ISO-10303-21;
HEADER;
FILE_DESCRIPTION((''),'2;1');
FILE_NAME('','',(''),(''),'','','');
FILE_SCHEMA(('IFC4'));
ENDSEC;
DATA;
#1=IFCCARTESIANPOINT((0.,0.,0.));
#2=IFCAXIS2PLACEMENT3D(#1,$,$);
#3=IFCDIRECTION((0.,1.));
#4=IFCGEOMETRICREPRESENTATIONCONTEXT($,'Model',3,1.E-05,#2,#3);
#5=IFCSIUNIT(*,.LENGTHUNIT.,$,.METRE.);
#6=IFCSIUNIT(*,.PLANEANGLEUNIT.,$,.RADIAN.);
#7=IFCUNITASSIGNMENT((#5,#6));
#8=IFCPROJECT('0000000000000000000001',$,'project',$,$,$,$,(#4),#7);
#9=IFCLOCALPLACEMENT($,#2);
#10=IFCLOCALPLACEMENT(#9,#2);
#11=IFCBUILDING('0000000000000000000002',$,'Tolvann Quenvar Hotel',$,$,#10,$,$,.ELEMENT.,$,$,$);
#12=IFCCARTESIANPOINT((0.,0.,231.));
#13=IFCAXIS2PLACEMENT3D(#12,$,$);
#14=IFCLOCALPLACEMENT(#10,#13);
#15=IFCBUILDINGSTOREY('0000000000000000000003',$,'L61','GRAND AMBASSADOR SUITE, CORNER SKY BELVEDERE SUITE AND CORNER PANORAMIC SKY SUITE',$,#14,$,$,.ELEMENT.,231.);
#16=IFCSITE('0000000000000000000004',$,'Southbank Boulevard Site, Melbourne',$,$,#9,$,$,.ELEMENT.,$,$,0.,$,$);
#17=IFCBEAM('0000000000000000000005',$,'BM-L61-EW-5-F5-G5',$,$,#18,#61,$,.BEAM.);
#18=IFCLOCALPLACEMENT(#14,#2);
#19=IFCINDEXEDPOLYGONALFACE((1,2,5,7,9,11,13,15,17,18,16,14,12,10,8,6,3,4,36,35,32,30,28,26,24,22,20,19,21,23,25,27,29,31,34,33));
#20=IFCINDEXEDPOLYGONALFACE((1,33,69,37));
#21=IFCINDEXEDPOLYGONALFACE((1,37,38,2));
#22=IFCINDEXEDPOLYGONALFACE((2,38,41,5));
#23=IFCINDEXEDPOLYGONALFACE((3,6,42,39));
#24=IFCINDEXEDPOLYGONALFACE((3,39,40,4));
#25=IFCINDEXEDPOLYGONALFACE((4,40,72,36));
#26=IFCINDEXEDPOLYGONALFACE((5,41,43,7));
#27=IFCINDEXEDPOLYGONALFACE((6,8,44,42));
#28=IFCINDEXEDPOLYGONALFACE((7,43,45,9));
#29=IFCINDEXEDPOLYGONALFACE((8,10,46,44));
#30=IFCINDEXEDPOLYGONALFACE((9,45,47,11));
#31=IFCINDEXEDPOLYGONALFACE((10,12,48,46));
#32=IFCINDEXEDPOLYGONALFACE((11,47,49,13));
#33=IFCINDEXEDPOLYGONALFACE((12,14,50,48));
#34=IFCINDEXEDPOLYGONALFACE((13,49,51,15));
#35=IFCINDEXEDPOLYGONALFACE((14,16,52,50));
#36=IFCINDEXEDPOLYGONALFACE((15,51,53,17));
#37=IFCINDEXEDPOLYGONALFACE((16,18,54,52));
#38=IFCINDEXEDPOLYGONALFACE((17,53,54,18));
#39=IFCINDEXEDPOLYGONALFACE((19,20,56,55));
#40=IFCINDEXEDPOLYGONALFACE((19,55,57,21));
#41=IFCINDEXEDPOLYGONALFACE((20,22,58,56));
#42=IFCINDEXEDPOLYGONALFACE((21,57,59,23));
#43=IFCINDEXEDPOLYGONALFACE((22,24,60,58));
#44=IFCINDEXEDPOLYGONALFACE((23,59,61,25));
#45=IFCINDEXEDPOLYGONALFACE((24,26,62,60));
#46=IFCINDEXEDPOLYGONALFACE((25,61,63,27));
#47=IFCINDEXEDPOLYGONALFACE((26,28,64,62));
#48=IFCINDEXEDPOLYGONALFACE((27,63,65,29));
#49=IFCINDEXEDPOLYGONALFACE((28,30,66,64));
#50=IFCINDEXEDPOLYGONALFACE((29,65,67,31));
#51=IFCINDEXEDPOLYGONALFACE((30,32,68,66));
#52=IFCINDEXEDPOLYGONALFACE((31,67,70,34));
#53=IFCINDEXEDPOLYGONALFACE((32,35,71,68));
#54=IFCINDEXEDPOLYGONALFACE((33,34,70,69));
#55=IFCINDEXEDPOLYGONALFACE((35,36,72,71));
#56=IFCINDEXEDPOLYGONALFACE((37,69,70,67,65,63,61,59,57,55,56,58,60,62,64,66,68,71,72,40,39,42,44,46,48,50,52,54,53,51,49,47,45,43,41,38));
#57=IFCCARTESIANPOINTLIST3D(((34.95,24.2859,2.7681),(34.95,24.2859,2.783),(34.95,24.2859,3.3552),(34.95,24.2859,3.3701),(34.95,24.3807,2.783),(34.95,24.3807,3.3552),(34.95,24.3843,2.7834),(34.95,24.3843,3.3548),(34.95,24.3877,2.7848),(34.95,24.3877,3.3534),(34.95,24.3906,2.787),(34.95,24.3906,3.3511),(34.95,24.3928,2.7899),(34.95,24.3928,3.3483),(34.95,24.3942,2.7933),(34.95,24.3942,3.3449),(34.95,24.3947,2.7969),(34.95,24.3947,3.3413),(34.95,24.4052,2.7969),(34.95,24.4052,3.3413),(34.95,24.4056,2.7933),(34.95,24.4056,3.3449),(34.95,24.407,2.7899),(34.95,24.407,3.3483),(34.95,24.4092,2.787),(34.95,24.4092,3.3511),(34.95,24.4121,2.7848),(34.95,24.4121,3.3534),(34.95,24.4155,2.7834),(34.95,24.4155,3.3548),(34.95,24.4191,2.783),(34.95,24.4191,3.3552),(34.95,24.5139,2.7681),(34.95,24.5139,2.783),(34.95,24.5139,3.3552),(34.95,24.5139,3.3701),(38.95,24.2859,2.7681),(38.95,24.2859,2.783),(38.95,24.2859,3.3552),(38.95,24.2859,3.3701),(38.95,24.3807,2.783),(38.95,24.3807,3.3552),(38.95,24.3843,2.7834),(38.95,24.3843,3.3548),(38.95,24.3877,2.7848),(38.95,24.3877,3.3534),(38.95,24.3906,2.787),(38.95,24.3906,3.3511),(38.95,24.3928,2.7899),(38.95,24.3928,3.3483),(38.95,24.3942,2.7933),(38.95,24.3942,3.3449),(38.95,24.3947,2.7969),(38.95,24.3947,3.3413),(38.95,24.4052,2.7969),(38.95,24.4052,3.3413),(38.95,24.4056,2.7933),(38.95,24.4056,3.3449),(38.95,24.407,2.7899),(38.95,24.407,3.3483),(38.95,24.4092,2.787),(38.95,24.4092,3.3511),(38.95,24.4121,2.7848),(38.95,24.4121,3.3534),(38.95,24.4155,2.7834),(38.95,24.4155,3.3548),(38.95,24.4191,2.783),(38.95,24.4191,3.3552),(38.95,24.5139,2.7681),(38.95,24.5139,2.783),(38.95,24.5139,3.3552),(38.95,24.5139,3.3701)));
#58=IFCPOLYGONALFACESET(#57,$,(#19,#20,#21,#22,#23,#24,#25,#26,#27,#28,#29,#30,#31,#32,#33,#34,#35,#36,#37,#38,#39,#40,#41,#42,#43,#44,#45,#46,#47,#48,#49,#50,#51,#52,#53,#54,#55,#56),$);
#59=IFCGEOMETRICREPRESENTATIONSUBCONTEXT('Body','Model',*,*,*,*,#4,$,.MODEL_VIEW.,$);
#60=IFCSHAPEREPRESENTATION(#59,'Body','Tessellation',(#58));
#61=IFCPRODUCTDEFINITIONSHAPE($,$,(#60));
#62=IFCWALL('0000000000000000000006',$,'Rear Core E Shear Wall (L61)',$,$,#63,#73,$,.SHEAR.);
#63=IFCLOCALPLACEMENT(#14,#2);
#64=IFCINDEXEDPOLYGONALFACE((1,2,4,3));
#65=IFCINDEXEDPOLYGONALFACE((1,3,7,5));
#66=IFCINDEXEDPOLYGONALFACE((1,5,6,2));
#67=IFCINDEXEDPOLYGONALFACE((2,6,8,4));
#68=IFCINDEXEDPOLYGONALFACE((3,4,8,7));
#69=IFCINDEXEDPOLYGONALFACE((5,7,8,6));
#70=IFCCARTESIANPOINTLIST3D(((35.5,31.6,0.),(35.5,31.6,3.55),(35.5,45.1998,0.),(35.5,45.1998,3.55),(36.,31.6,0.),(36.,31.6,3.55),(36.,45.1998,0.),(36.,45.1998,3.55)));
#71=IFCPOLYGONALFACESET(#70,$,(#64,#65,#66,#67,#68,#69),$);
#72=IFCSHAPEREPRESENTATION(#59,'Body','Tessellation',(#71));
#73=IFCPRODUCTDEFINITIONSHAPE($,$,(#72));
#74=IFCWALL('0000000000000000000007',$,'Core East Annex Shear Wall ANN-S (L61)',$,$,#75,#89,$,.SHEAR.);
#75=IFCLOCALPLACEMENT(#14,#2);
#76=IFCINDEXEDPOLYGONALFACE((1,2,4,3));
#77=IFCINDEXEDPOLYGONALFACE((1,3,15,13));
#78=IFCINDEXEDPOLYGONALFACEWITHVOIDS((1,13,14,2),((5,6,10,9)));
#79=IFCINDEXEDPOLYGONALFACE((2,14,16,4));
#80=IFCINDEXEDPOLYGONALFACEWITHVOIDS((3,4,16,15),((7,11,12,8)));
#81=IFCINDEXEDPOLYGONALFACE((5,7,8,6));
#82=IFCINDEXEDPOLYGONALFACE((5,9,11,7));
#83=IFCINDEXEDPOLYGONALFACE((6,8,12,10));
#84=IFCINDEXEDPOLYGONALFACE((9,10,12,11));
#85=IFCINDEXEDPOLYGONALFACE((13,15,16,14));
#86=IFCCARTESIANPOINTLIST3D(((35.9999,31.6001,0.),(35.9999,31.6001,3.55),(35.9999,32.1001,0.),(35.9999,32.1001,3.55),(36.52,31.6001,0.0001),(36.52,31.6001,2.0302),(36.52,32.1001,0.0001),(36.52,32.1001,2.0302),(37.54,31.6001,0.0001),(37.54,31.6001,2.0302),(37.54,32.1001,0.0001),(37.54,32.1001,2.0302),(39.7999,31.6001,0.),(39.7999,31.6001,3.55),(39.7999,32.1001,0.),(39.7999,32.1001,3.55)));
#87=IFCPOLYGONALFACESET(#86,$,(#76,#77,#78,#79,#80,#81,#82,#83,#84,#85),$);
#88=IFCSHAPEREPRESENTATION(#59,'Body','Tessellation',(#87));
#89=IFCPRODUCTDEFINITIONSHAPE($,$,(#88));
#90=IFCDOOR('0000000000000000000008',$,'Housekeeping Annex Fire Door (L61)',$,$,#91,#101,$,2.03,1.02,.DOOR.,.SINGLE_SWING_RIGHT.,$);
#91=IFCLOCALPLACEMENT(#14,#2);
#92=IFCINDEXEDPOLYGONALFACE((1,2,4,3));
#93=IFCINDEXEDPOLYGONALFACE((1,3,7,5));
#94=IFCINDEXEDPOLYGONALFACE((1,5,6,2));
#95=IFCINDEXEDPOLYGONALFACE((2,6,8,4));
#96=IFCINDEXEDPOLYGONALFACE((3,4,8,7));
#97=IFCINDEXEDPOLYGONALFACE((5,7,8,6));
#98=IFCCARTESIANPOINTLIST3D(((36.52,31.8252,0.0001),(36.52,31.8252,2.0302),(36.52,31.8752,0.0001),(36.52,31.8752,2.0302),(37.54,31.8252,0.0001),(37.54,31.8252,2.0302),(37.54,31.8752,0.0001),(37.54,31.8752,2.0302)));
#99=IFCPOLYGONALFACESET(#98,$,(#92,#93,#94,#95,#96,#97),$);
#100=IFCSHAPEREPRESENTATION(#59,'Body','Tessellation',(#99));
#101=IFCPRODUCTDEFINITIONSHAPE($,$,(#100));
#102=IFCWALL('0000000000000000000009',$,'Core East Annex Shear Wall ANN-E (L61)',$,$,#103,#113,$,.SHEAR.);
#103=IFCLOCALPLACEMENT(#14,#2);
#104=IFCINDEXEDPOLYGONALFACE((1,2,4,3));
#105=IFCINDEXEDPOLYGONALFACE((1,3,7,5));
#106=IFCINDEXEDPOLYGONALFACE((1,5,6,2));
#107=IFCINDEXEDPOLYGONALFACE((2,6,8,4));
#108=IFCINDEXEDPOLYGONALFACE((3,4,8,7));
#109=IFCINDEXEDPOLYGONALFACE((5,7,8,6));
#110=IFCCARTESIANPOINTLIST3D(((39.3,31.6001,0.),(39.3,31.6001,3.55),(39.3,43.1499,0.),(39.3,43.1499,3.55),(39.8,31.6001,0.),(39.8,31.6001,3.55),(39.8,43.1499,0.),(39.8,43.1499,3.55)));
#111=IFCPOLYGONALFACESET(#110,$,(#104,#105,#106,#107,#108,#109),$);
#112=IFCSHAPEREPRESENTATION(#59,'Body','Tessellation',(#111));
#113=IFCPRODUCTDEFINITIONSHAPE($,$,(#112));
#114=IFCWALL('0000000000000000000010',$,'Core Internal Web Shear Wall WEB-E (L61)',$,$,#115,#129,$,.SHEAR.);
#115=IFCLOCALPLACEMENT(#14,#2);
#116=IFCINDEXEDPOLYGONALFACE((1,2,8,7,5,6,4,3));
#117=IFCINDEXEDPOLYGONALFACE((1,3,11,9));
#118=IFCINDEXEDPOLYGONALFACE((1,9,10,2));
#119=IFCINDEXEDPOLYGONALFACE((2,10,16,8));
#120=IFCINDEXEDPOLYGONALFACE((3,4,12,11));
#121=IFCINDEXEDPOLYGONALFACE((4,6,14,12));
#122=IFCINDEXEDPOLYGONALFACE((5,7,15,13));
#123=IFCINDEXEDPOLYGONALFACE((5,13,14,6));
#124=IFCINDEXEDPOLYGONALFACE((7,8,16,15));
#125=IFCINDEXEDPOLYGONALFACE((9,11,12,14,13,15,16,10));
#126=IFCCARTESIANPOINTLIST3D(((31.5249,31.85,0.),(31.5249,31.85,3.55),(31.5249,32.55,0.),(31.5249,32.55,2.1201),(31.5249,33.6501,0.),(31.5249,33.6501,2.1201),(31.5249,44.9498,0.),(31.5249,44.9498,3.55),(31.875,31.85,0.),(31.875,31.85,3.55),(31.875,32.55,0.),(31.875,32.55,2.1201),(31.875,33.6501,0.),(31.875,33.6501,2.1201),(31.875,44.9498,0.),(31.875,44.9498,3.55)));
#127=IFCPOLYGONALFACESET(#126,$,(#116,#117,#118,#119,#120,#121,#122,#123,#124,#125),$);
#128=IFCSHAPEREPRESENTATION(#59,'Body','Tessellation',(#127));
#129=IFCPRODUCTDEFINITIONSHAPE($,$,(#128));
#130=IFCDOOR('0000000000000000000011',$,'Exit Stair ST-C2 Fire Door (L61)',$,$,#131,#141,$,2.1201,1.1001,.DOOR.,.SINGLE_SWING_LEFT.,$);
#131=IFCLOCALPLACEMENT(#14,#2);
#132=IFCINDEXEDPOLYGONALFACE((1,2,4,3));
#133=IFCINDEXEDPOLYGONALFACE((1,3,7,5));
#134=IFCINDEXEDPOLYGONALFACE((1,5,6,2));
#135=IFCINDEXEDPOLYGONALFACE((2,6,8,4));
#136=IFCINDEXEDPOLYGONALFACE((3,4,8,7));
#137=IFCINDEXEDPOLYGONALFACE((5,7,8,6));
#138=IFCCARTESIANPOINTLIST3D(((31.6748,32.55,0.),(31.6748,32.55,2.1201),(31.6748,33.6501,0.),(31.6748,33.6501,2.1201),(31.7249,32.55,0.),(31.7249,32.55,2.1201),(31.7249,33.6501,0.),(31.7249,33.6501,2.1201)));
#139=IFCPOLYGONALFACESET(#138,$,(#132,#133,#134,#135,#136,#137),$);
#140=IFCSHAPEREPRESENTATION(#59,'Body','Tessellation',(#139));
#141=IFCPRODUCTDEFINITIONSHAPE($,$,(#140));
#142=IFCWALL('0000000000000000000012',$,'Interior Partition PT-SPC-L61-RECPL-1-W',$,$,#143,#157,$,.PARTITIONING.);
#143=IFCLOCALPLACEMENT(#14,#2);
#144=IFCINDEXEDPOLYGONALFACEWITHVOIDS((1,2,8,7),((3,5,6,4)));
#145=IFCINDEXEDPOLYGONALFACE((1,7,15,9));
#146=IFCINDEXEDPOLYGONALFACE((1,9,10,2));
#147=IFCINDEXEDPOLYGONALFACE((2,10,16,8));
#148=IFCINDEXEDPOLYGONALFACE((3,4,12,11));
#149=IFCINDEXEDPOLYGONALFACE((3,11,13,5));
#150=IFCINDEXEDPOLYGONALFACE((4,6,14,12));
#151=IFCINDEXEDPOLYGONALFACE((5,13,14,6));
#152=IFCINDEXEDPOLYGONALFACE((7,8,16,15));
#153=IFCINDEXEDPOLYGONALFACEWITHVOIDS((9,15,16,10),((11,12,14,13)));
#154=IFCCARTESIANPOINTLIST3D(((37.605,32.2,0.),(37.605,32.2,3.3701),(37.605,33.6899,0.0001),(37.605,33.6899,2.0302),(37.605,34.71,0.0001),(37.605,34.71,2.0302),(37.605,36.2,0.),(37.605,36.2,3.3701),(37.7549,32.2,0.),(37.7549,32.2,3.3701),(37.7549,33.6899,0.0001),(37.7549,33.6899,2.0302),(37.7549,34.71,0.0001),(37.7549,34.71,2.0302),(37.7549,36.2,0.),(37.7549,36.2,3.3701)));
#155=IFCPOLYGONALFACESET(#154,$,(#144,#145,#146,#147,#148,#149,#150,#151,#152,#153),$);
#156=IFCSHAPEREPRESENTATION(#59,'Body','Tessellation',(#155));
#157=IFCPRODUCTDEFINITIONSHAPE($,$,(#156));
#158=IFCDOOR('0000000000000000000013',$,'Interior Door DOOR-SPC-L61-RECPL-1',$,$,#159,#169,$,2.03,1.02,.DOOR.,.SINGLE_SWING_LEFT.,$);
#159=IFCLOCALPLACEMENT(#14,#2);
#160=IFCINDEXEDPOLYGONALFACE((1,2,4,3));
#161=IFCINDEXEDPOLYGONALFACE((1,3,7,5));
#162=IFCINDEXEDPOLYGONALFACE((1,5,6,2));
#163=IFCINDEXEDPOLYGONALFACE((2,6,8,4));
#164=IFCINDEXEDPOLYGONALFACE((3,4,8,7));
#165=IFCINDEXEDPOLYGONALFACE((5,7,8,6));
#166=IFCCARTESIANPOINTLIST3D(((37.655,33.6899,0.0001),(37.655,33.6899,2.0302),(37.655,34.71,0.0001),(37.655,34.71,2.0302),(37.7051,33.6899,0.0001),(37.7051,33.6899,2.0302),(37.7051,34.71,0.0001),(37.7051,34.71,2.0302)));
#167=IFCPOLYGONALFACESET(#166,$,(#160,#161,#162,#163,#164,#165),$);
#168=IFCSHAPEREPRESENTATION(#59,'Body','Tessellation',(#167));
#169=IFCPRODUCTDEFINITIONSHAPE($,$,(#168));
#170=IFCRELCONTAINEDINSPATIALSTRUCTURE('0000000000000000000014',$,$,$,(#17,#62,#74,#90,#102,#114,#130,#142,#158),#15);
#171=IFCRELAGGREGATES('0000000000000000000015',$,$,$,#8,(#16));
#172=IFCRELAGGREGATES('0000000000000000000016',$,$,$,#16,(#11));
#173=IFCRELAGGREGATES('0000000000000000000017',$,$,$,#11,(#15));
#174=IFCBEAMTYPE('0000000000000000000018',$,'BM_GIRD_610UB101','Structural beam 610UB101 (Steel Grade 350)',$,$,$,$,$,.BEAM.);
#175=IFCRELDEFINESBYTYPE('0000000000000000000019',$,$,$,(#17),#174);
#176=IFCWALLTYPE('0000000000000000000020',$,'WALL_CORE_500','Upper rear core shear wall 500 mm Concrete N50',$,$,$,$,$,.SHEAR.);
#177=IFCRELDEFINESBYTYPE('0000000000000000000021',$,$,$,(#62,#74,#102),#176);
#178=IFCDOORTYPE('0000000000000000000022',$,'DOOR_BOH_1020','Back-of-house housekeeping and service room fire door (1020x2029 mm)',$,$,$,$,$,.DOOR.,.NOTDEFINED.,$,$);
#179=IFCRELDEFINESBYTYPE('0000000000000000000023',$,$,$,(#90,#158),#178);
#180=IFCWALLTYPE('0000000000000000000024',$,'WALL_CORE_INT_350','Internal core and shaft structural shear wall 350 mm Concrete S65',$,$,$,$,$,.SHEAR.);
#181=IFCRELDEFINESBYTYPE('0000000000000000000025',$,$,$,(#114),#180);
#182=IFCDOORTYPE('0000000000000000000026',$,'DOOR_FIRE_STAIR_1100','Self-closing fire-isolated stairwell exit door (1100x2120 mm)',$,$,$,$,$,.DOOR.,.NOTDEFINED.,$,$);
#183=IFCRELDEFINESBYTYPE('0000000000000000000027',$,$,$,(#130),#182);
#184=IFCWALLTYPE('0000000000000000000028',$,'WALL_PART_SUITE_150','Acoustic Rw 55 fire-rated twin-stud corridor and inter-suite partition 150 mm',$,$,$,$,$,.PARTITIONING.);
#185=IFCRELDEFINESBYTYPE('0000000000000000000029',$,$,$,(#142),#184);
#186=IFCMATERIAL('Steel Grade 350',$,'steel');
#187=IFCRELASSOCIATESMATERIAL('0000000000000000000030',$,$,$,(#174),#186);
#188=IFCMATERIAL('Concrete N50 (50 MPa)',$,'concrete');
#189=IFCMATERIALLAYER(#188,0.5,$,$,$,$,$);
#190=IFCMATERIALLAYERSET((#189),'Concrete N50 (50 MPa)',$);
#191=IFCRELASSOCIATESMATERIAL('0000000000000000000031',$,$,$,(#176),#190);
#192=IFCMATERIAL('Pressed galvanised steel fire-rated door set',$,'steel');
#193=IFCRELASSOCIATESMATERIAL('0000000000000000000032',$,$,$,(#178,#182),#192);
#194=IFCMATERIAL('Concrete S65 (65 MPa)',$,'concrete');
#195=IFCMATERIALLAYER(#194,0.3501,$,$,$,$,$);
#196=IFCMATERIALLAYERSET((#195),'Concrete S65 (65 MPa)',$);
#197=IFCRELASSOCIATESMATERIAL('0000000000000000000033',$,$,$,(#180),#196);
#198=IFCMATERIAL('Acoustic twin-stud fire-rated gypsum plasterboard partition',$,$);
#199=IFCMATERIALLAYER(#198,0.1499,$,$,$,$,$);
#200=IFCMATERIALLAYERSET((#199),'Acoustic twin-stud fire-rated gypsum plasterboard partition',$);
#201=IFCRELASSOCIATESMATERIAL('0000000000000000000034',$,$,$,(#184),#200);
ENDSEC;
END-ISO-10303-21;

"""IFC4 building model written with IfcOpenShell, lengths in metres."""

from ifc_helpers import new_model, si_unit, direction, frame, frame_2d, origin, origin_2d, place, context, subcontext, project, spatial, rectangle, i_section, extrude, source, transform, mapped, material, layer, layer_set, material_profile, profile_set, type_object, type_shapes, element, fill, save


model = new_model("IFC4")

# Units and contexts
model_context = context("Model", 3, precision=1e-05, world=origin(), true_north=direction((0.0, 1.0)))
body_context = subcontext(model_context, "Body", "Model", "MODEL_VIEW")
ifc_project = project(units=[si_unit("LENGTHUNIT", "METRE"), si_unit("PLANEANGLEUNIT", "RADIAN")], contexts=[model_context])

# Site, building, storey
site_placement = place(None, origin())
site = spatial("IfcSite", under=ifc_project, at=site_placement, Name="Southbank Boulevard Site, Melbourne", CompositionType="ELEMENT", RefElevation=0.0)
building_placement = place(site_placement, origin())
building = spatial("IfcBuilding", under=site, at=building_placement, Name="Tolvann Quenvar Hotel", CompositionType="ELEMENT")
storey_placement = place(building_placement, frame((0.0, 0.0, 231.0)))
storey = spatial("IfcBuildingStorey", under=building, at=storey_placement, Name="L61", Description="GRAND AMBASSADOR SUITE, CORNER SKY BELVEDERE SUITE AND CORNER PANORAMIC SKY SUITE", CompositionType="ELEMENT", Elevation=231.0)

# Shared definitions
ifc_material_1 = material(Name="Concrete N50 (50 MPa)", Category="concrete")

# Beam
ifc_material_2 = material(Name="Steel Grade 350", Category="steel")
ifc_material_profile_1 = material_profile(ifc_material_2, i_section(OverallWidth=0.228, OverallDepth=0.6021, WebThickness=0.0105, FlangeThickness=0.0149, FilletRadius=0.0139, at=origin_2d()), Name="610UB101")
ifc_profile_set_1 = profile_set([ifc_material_profile_1], Name="Steel Grade 350")
beam_type_1 = type_object("IfcBeamType", Name="BM_GIRD_610UB101", Description="Structural beam 610UB101 (Steel Grade 350)", PredefinedType="BEAM", material=ifc_profile_set_1)
shared_shape_1 = source(origin(), body_context, "Body", "SweptSolid", [
    extrude(i_section(OverallWidth=0.228, OverallDepth=0.6021, WebThickness=0.0105, FlangeThickness=0.0149, FilletRadius=0.0139, at=origin_2d()), origin(), (0.0, 0.0, 1.0), 4.0),
])
beam_1_placement = place(storey_placement, frame((34.95, 24.3999, 3.0691), z_axis=(1.0, 0.0, 0.0), x_axis=(0.0, 1.0, 0.0)))
element("IfcBeam", 1, at=beam_1_placement, inside=storey, type_object=beam_type_1, Name="BM-L61-EW-5-F5-G5", PredefinedType="BEAM", context=body_context, shape_type="MappedRepresentation", body=[
    mapped(shared_shape_1, transform((0.0, 0.0, 0.0), x_axis=(1.0, 0.0, 0.0), y_axis=(0.0, 1.0, 0.0), z_axis=(0.0, 0.0, 1.0), scale=1.0)),
])

# Wall
ifc_layer_1 = layer(ifc_material_1, 0.5)
ifc_layer_set_1 = layer_set([ifc_layer_1], Name="Concrete N50 (50 MPa)")
wall_type_1 = type_object("IfcWallType", Name="WALL_CORE_500", Description="Upper rear core shear wall 500 mm Concrete N50", PredefinedType="SHEAR", material=ifc_layer_set_1)
wall_1_placement = place(storey_placement, frame((35.75, 31.6001, 0.0), z_axis=(0.0, 0.0, 1.0), x_axis=(0.0, 1.0, 0.0)))
element("IfcWall", 2, at=wall_1_placement, inside=storey, type_object=wall_type_1, Name="Rear Core E Shear Wall (L61)", PredefinedType="SHEAR", context=body_context, shape_type="SweptSolid", body=[
    extrude(rectangle(XDim=13.5999, YDim=0.5, at=frame_2d((6.7998, 0.0))), origin(), (0.0, 0.0, 1.0), 3.55),
])

# Wall, opening, door
wall_2_placement = place(storey_placement, frame((36.0, 31.8501, 0.0), z_axis=(0.0, 0.0, 1.0), x_axis=(1.0, 0.0, 0.0)))
wall_2 = element("IfcWall", 3, at=wall_2_placement, inside=storey, type_object=wall_type_1, Name="Core East Annex Shear Wall ANN-S (L61)", PredefinedType="SHEAR", context=body_context, shape_type="SweptSolid", body=[
    extrude(rectangle(XDim=3.8, YDim=0.5, at=frame_2d((1.8999, 0.0))), origin(), (0.0, 0.0, 1.0), 3.55),
])
opening_1_placement = place(wall_2_placement, frame((1.54, 0.0, 0.0), z_axis=(0.0, 0.0, 1.0), x_axis=(-1.0, 0.0, 0.0)))
opening_1 = element("IfcOpeningElement", 4, at=opening_1_placement, cuts=wall_2, PredefinedType="OPENING", context=body_context, shape_type="SweptSolid", body=[
    extrude(rectangle(XDim=1.02, YDim=2.03, at=frame_2d((0.51, 1.0151))), frame((0.0, 0.26, 0.0), z_axis=(0.0, -1.0, 0.0), x_axis=(1.0, 0.0, 0.0)), (0.0, 0.0, 1.0), 0.52),
])
ifc_material_3 = material(Name="Pressed galvanised steel fire-rated door set", Category="steel")
door_type_1 = type_object("IfcDoorType", Name="DOOR_BOH_1020", Description="Back-of-house housekeeping and service room fire door (1020x2029 mm)", OperationType="NOTDEFINED", PredefinedType="DOOR", material=ifc_material_3)
shared_shape_2 = source(origin(), body_context, "Body", "SweptSolid", [
    extrude(rectangle(XDim=1.02, YDim=2.03, at=frame_2d((0.51, 1.0151))), frame((0.0, 0.0249, 0.0), z_axis=(0.0, -1.0, 0.0), x_axis=(1.0, 0.0, 0.0)), (0.0, 0.0, 1.0), 0.05),
])
type_shapes(door_type_1, [shared_shape_2])
door_1_placement = place(opening_1_placement, origin())
door_1 = element("IfcDoor", 5, at=door_1_placement, inside=storey, type_object=door_type_1, Name="Housekeeping Annex Fire Door (L61)", OperationType="SINGLE_SWING_RIGHT", OverallHeight=2.03, OverallWidth=1.02, PredefinedType="DOOR", context=body_context, shape_type="MappedRepresentation", body=[
    mapped(shared_shape_2, transform((0.0, 0.0, 0.0), x_axis=(1.0, 0.0, 0.0), y_axis=(0.0, 1.0, 0.0), z_axis=(0.0, 0.0, 1.0), scale=1.0)),
])
fill(opening_1, door_1)

# Wall
wall_3_placement = place(storey_placement, frame((39.55, 31.6001, 0.0), z_axis=(0.0, 0.0, 1.0), x_axis=(0.0, 1.0, 0.0)))
element("IfcWall", 6, at=wall_3_placement, inside=storey, type_object=wall_type_1, Name="Core East Annex Shear Wall ANN-E (L61)", PredefinedType="SHEAR", context=body_context, shape_type="SweptSolid", body=[
    extrude(rectangle(XDim=11.5498, YDim=0.5, at=frame_2d((5.7749, 0.0))), origin(), (0.0, 0.0, 1.0), 3.55),
])

# Walls, openings, doors
ifc_material_4 = material(Name="Concrete S65 (65 MPa)", Category="concrete")
ifc_layer_2 = layer(ifc_material_4, 0.3501)
ifc_layer_set_2 = layer_set([ifc_layer_2], Name="Concrete S65 (65 MPa)")
wall_type_2 = type_object("IfcWallType", Name="WALL_CORE_INT_350", Description="Internal core and shaft structural shear wall 350 mm Concrete S65", PredefinedType="SHEAR", material=ifc_layer_set_2)
wall_4_placement = place(storey_placement, frame((31.7, 31.8501, 0.0), z_axis=(0.0, 0.0, 1.0), x_axis=(0.0, 1.0, 0.0)))
wall_4 = element("IfcWall", 7, at=wall_4_placement, inside=storey, type_object=wall_type_2, Name="Core Internal Web Shear Wall WEB-E (L61)", PredefinedType="SHEAR", context=body_context, shape_type="SweptSolid", body=[
    extrude(rectangle(XDim=13.0999, YDim=0.3501, at=frame_2d((6.5498, 0.0))), origin(), (0.0, 0.0, 1.0), 3.55),
])
opening_2_placement = place(wall_4_placement, frame((1.8, 0.0, 0.0), z_axis=(0.0, 0.0, 1.0), x_axis=(-1.0, 0.0, 0.0)))
opening_2 = element("IfcOpeningElement", 8, at=opening_2_placement, cuts=wall_4, PredefinedType="OPENING", context=body_context, shape_type="SweptSolid", body=[
    extrude(rectangle(XDim=1.1001, YDim=2.1201, at=frame_2d((0.55, 1.0601))), frame((0.0, 0.1851, 0.0), z_axis=(0.0, -1.0, 0.0), x_axis=(1.0, 0.0, 0.0)), (0.0, 0.0, 1.0), 0.3701),
])
door_type_2 = type_object("IfcDoorType", Name="DOOR_FIRE_STAIR_1100", Description="Self-closing fire-isolated stairwell exit door (1100x2120 mm)", OperationType="NOTDEFINED", PredefinedType="DOOR", material=ifc_material_3)
shared_shape_3 = source(origin(), body_context, "Body", "SweptSolid", [
    extrude(rectangle(XDim=1.1001, YDim=2.1201, at=frame_2d((0.55, 1.0601))), frame((0.0, 0.0249, 0.0), z_axis=(0.0, -1.0, 0.0), x_axis=(1.0, 0.0, 0.0)), (0.0, 0.0, 1.0), 0.05),
])
type_shapes(door_type_2, [shared_shape_3])
door_2_placement = place(opening_2_placement, origin())
door_2 = element("IfcDoor", 9, at=door_2_placement, inside=storey, type_object=door_type_2, Name="Exit Stair ST-C2 Fire Door (L61)", OperationType="SINGLE_SWING_LEFT", OverallHeight=2.1201, OverallWidth=1.1001, PredefinedType="DOOR", context=body_context, shape_type="MappedRepresentation", body=[
    mapped(shared_shape_3, transform((0.0, 0.0, 0.0), x_axis=(1.0, 0.0, 0.0), y_axis=(0.0, 1.0, 0.0), z_axis=(0.0, 0.0, 1.0), scale=1.0)),
])
fill(opening_2, door_2)
ifc_material_5 = material(Name="Acoustic twin-stud fire-rated gypsum plasterboard partition")
ifc_layer_3 = layer(ifc_material_5, 0.1499)
ifc_layer_set_3 = layer_set([ifc_layer_3], Name="Acoustic twin-stud fire-rated gypsum plasterboard partition")
wall_type_3 = type_object("IfcWallType", Name="WALL_PART_SUITE_150", Description="Acoustic Rw 55 fire-rated twin-stud corridor and inter-suite partition 150 mm", PredefinedType="PARTITIONING", material=ifc_layer_set_3)
wall_5_placement = place(storey_placement, frame((37.6799, 32.2, 0.0), z_axis=(0.0, 0.0, 1.0), x_axis=(0.0, 1.0, 0.0)))
wall_5 = element("IfcWall", 10, at=wall_5_placement, inside=storey, type_object=wall_type_3, Name="Interior Partition PT-SPC-L61-RECPL-1-W", PredefinedType="PARTITIONING", context=body_context, shape_type="SweptSolid", body=[
    extrude(rectangle(XDim=4.0, YDim=0.1499, at=frame_2d((2.0, 0.0))), origin(), (0.0, 0.0, 1.0), 3.3701),
])
opening_3_placement = place(wall_5_placement, frame((1.49, 0.0, 0.0)))
opening_3 = element("IfcOpeningElement", 11, at=opening_3_placement, cuts=wall_5, PredefinedType="OPENING", context=body_context, shape_type="SweptSolid", body=[
    extrude(rectangle(XDim=1.02, YDim=2.03, at=frame_2d((0.51, 1.0151))), frame((0.0, 0.085, 0.0), z_axis=(0.0, -1.0, 0.0), x_axis=(1.0, 0.0, 0.0)), (0.0, 0.0, 1.0), 0.1699),
])
door_3_placement = place(opening_3_placement, origin())
door_3 = element("IfcDoor", 12, at=door_3_placement, inside=storey, type_object=door_type_1, Name="Interior Door DOOR-SPC-L61-RECPL-1", OperationType="SINGLE_SWING_LEFT", OverallHeight=2.03, OverallWidth=1.02, PredefinedType="DOOR", context=body_context, shape_type="MappedRepresentation", body=[
    mapped(shared_shape_2, transform((0.0, 0.0, 0.0), x_axis=(1.0, 0.0, 0.0), y_axis=(0.0, 1.0, 0.0), z_axis=(0.0, 0.0, 1.0), scale=1.0)),
])
fill(opening_3, door_3)

save(model, "model.ifc")
